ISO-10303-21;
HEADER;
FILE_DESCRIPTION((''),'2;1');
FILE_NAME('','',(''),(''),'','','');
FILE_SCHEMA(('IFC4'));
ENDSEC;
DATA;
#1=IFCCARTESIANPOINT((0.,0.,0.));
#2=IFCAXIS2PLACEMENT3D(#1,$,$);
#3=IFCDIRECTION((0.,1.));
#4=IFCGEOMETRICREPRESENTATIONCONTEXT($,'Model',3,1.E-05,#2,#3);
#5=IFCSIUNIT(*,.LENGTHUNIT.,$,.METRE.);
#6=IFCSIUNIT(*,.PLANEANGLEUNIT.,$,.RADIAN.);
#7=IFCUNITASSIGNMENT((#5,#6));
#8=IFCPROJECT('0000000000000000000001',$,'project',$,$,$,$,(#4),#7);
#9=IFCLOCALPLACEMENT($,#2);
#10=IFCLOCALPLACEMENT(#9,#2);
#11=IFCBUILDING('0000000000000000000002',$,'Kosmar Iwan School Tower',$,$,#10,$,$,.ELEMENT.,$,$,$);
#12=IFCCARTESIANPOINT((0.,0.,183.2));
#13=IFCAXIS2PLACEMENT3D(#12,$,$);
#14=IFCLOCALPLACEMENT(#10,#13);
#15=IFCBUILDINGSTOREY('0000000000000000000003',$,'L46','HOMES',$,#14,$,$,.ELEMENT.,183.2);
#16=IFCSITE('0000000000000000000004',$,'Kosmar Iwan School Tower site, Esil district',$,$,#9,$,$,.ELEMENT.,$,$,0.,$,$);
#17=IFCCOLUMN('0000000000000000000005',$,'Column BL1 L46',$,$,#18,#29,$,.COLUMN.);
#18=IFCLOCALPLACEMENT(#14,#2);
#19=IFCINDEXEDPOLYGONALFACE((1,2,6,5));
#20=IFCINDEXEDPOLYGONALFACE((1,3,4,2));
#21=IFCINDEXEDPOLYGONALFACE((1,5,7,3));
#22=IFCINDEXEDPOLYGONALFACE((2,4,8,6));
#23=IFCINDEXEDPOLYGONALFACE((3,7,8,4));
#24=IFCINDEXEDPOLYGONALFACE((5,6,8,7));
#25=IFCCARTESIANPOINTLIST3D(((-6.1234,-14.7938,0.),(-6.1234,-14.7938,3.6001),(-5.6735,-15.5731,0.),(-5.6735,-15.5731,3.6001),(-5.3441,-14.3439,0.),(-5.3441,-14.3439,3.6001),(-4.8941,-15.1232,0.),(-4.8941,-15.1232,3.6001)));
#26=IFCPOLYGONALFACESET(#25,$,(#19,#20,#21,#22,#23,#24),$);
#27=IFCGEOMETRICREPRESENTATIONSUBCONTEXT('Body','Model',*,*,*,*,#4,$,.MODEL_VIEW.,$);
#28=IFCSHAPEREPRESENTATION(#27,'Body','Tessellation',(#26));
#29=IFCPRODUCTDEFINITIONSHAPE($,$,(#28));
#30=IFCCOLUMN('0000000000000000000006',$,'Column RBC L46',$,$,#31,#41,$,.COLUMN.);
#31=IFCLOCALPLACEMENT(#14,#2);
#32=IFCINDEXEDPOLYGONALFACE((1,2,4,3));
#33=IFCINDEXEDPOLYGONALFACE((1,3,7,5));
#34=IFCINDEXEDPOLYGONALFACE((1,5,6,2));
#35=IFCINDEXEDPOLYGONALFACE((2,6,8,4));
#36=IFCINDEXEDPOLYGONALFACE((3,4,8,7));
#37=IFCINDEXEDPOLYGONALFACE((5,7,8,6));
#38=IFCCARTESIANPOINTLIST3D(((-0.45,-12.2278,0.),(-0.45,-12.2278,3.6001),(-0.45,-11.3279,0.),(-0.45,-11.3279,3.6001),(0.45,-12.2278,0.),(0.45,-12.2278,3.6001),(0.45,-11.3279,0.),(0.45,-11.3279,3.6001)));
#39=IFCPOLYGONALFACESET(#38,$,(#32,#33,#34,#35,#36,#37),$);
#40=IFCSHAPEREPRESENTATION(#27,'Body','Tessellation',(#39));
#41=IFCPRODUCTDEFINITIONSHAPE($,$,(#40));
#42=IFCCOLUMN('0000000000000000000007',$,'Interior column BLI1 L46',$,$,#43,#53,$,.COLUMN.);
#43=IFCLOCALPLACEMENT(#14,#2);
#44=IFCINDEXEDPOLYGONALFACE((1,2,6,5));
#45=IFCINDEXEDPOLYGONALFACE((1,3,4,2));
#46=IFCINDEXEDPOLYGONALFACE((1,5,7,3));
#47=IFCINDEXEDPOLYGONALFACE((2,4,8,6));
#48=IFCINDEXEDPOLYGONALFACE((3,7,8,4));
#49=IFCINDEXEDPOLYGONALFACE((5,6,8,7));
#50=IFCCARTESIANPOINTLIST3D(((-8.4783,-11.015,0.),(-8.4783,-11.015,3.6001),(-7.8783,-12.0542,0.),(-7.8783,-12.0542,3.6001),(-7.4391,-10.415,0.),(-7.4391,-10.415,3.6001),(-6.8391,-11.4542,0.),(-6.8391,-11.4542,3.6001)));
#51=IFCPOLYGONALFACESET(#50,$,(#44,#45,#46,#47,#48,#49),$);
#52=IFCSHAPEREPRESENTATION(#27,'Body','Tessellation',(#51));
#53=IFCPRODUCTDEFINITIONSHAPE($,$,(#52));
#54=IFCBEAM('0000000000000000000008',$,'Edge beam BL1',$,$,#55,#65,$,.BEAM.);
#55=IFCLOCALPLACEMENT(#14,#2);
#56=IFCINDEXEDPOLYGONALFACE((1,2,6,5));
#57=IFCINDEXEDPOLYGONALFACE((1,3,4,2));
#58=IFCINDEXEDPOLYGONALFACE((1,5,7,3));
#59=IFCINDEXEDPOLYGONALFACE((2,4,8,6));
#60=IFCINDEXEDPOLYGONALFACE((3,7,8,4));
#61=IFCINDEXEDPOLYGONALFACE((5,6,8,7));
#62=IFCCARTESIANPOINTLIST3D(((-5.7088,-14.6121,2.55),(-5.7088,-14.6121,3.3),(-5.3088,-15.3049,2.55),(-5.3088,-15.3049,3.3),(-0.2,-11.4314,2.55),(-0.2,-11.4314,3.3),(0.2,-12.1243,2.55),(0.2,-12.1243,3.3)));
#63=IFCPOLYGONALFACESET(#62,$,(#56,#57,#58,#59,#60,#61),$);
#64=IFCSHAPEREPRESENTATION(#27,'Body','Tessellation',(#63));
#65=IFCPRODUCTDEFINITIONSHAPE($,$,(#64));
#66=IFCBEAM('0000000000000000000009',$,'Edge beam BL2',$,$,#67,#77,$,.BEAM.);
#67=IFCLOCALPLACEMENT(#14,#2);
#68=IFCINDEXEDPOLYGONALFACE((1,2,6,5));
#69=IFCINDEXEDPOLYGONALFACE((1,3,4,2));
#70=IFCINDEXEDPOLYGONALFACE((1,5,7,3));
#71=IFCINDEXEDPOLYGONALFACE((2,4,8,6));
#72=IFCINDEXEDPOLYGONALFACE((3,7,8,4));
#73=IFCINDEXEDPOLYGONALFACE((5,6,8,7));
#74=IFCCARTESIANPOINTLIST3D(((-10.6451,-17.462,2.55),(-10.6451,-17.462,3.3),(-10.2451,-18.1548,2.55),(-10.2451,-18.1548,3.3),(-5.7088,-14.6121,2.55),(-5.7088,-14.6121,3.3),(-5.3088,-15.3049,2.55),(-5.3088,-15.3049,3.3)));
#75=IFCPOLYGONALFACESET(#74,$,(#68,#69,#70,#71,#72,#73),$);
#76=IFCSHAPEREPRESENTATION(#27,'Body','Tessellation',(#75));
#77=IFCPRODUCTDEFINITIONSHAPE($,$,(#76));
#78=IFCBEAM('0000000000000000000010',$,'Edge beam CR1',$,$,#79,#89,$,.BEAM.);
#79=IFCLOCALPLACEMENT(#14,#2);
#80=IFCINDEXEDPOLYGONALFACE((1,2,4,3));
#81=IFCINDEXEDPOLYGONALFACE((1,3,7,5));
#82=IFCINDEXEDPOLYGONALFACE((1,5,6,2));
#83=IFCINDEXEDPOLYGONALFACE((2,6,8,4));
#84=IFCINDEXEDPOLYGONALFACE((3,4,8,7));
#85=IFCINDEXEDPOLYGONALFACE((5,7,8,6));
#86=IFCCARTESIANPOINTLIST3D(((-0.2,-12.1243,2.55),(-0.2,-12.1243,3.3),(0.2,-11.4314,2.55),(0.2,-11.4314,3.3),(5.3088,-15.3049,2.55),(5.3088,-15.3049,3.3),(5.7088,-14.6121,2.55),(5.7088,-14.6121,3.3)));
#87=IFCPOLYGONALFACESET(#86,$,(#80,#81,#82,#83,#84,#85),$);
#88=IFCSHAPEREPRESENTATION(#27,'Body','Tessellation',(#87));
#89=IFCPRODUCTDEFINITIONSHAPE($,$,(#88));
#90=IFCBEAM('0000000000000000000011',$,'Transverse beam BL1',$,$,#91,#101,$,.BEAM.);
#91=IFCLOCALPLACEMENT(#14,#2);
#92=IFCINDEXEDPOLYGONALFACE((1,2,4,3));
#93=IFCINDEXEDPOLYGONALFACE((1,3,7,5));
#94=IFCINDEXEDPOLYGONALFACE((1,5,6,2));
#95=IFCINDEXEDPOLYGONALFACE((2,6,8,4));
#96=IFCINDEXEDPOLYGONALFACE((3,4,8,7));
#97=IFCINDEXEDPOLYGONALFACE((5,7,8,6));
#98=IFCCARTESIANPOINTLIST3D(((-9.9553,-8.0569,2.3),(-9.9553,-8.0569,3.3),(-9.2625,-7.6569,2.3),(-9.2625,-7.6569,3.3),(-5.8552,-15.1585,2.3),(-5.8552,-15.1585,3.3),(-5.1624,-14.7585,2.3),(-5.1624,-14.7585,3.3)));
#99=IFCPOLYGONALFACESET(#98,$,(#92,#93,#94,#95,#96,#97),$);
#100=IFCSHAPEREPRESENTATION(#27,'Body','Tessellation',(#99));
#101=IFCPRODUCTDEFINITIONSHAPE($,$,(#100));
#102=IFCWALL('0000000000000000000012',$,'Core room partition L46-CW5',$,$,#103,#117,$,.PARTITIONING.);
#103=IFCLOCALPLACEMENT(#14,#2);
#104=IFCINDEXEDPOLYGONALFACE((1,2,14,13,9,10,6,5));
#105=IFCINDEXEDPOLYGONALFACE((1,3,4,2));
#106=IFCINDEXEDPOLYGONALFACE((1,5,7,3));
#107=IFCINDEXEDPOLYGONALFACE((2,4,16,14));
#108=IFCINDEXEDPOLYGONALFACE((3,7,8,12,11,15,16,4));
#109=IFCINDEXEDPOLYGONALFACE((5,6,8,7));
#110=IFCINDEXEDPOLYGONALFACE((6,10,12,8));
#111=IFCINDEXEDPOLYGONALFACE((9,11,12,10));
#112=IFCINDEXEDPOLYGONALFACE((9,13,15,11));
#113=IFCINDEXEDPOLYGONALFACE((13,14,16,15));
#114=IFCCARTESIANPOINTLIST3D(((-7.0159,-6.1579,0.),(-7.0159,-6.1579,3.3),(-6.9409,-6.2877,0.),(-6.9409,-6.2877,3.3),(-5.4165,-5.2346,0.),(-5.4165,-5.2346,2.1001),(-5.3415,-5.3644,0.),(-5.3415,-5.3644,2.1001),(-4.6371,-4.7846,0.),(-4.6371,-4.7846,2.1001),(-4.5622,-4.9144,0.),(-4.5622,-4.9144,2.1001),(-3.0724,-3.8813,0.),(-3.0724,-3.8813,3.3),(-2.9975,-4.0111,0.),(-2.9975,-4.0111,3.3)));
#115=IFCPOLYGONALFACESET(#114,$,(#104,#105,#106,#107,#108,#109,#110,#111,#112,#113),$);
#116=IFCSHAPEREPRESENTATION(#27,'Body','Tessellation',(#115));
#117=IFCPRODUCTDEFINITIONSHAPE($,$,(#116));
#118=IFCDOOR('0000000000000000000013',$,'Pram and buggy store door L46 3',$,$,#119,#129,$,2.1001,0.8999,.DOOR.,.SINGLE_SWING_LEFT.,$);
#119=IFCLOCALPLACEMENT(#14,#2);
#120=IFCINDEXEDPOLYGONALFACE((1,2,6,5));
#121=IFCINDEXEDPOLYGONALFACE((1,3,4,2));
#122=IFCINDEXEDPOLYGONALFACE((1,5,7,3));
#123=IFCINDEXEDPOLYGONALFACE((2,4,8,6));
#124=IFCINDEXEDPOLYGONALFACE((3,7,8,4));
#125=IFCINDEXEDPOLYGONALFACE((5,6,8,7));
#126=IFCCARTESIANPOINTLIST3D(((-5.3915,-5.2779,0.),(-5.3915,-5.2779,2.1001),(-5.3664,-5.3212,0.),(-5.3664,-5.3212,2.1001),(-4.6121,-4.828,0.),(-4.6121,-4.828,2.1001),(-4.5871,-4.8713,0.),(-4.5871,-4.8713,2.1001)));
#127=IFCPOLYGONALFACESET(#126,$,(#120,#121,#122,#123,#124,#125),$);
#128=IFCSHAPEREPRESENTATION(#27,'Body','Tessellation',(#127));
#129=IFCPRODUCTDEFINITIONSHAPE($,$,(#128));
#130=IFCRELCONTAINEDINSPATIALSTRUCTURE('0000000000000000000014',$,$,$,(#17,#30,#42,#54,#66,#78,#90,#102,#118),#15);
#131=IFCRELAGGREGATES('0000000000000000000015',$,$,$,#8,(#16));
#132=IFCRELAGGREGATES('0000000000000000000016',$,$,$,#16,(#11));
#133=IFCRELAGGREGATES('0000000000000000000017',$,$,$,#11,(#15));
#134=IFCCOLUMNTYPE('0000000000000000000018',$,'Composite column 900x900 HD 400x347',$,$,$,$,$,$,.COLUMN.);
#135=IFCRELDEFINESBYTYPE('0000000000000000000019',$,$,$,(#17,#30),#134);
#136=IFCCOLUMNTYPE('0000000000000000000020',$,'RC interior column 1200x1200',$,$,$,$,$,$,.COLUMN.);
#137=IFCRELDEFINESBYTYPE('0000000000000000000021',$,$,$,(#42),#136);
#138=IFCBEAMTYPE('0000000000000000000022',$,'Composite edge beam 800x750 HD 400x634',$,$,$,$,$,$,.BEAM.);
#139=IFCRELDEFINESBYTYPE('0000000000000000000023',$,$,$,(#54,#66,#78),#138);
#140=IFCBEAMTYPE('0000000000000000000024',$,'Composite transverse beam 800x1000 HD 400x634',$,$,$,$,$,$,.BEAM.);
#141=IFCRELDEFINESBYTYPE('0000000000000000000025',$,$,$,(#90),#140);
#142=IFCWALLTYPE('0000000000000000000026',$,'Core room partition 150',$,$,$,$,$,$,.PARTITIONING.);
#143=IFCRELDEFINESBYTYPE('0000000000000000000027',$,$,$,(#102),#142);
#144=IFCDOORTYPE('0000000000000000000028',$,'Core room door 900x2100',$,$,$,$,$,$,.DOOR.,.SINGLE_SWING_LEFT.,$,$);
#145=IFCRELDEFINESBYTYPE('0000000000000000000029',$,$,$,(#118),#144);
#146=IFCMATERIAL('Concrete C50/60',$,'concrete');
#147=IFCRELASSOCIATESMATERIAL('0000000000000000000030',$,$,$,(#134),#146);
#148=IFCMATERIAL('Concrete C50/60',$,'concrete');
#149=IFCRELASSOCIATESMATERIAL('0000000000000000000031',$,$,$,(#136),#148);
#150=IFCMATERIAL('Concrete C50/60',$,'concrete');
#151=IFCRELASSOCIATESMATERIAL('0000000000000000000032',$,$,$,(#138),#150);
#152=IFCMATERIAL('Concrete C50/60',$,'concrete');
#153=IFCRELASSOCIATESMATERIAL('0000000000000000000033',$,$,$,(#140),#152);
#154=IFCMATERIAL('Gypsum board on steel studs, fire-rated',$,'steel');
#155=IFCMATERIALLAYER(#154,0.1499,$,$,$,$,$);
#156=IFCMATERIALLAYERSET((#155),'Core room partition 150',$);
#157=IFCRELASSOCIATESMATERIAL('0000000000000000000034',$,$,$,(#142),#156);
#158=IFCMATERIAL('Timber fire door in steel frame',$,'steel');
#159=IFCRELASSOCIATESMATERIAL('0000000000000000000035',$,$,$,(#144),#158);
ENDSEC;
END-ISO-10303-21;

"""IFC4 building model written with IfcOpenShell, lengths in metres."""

from ifc_helpers import new_model, si_unit, direction, frame, frame_2d, origin, origin_2d, place, context, subcontext, project, spatial, rectangle, extrude, material, layer, layer_set, material_profile, profile_set, type_object, element, fill, save


model = new_model("IFC4")

# Units and contexts
model_context = context("Model", 3, precision=1e-05, world=origin(), true_north=direction((0.0, 1.0)))
body_context = subcontext(model_context, "Body", "Model", "MODEL_VIEW")
ifc_project = project(units=[si_unit("LENGTHUNIT", "METRE"), si_unit("PLANEANGLEUNIT", "RADIAN")], contexts=[model_context])

# Site, building, storey
site_placement = place(None, origin())
site = spatial("IfcSite", under=ifc_project, at=site_placement, Name="Kosmar Iwan School Tower site, Esil district", CompositionType="ELEMENT", RefElevation=0.0)
building_placement = place(site_placement, origin())
building = spatial("IfcBuilding", under=site, at=building_placement, Name="Kosmar Iwan School Tower", CompositionType="ELEMENT")
storey_placement = place(building_placement, frame((0.0, 0.0, 183.2)))
storey = spatial("IfcBuildingStorey", under=building, at=storey_placement, Name="L46", Description="HOMES", CompositionType="ELEMENT", Elevation=183.2)

# Columns
ifc_material_1 = material(Name="Concrete C50/60", Category="concrete")
ifc_material_profile_1 = material_profile(ifc_material_1, rectangle(XDim=0.8999, YDim=0.8999, at=origin_2d()), Name="RC 900x900 + HD 400x347")
ifc_profile_set_1 = profile_set([ifc_material_profile_1], Name="Concrete C50/60")
column_type_1 = type_object("IfcColumnType", Name="Composite column 900x900 HD 400x347", PredefinedType="COLUMN", material=ifc_profile_set_1)
for number, where, z_axis, x_axis, name in (
    (1, (-5.5088, -14.9585, 0.0), (0.0, 0.0, 1.0), (-0.866025, -0.5, 0.0), "Column BL1 L46"),
    (2, (0.0, -11.7778, 0.0), (0.0, 0.0, 1.0), (1.0, 0.0, 0.0), "Column RBC L46"),
):
    element("IfcColumn", number, at=place(storey_placement, frame(where, z_axis=z_axis, x_axis=x_axis)), inside=storey, type_object=column_type_1, Name=name, PredefinedType="COLUMN", context=body_context, shape_type="SweptSolid", body=[
        extrude(rectangle(XDim=0.8999, YDim=0.8999, at=origin_2d()), origin(), (0.0, 0.0, 1.0), 3.6001),
    ])
ifc_material_2 = material(Name="Concrete C50/60", Category="concrete")
ifc_material_profile_2 = material_profile(ifc_material_2, rectangle(XDim=1.2, YDim=1.2, at=origin_2d()), Name="RC 1200x1200")
ifc_profile_set_2 = profile_set([ifc_material_profile_2], Name="Concrete C50/60")
column_type_2 = type_object("IfcColumnType", Name="RC interior column 1200x1200", PredefinedType="COLUMN", material=ifc_profile_set_2)
column_placement = place(storey_placement, frame((-7.6587, -11.2346, 0.0), z_axis=(0.0, 0.0, 1.0), x_axis=(-0.866025, -0.5, 0.0)))
element("IfcColumn", 3, at=column_placement, inside=storey, type_object=column_type_2, Name="Interior column BLI1 L46", PredefinedType="COLUMN", context=body_context, shape_type="SweptSolid", body=[
    extrude(rectangle(XDim=1.2, YDim=1.2, at=origin_2d()), origin(), (0.0, 0.0, 1.0), 3.6001),
])

# Beams
ifc_material_3 = material(Name="Concrete C50/60", Category="concrete")
ifc_material_profile_3 = material_profile(ifc_material_3, rectangle(XDim=0.8, YDim=0.75, at=origin_2d()), Name="RC 800x750 + HD 400x634")
ifc_profile_set_3 = profile_set([ifc_material_profile_3], Name="Concrete C50/60")
beam_type_1 = type_object("IfcBeamType", Name="Composite edge beam 800x750 HD 400x634", PredefinedType="BEAM", material=ifc_profile_set_3)
beam_1_placement = place(storey_placement, frame((0.0, -11.7778, 2.925), z_axis=(-0.866014, -0.500019, 0.0), x_axis=(0.500019, -0.866014, 0.0)))
element("IfcBeam", 4, at=beam_1_placement, inside=storey, type_object=beam_type_1, Name="Edge beam BL1", PredefinedType="BEAM", context=body_context, shape_type="SweptSolid", body=[
    extrude(rectangle(XDim=0.8, YDim=0.75, at=origin_2d()), origin(), (0.0, 0.0, 1.0), 6.3611),
])
beam_2_placement = place(storey_placement, frame((-5.5088, -14.9585, 2.925), z_axis=(-0.866034, -0.499986, 0.0), x_axis=(0.499986, -0.866034, 0.0)))
element("IfcBeam", 5, at=beam_2_placement, inside=storey, type_object=beam_type_1, Name="Edge beam BL2", PredefinedType="BEAM", context=body_context, shape_type="SweptSolid", body=[
    extrude(rectangle(XDim=0.8, YDim=0.75, at=origin_2d()), origin(), (0.0, 0.0, 1.0), 5.7),
])
beam_3_placement = place(storey_placement, frame((0.0, -11.7778, 2.925), z_axis=(0.866014, -0.500019, 0.0), x_axis=(0.500019, 0.866014, 0.0)))
element("IfcBeam", 6, at=beam_3_placement, inside=storey, type_object=beam_type_1, Name="Edge beam CR1", PredefinedType="BEAM", context=body_context, shape_type="SweptSolid", body=[
    extrude(rectangle(XDim=0.8, YDim=0.75, at=origin_2d()), origin(), (0.0, 0.0, 1.0), 6.3611),
])
ifc_material_4 = material(Name="Concrete C50/60", Category="concrete")
ifc_material_profile_4 = material_profile(ifc_material_4, rectangle(XDim=0.8, YDim=1.0, at=origin_2d()), Name="RC 800x1000 + HD 400x634")
ifc_profile_set_4 = profile_set([ifc_material_profile_4], Name="Concrete C50/60")
beam_type_2 = type_object("IfcBeamType", Name="Composite transverse beam 800x1000 HD 400x634", PredefinedType="BEAM", material=ifc_profile_set_4)
beam_4_placement = place(storey_placement, frame((-5.5088, -14.9585, 2.8), z_axis=(-0.500001, 0.866025, 0.0), x_axis=(-0.866025, -0.500001, 0.0)))
element("IfcBeam", 7, at=beam_4_placement, inside=storey, type_object=beam_type_2, Name="Transverse beam BL1", PredefinedType="BEAM", context=body_context, shape_type="SweptSolid", body=[
    extrude(rectangle(XDim=0.8, YDim=1.0, at=origin_2d()), origin(), (0.0, 0.0, 1.0), 8.2002),
])

# Wall, opening, door
ifc_material_5 = material(Name="Gypsum board on steel studs, fire-rated", Category="steel")
ifc_layer_1 = layer(ifc_material_5, 0.1499)
ifc_layer_set_1 = layer_set([ifc_layer_1], Name="Core room partition 150")
wall_type_1 = type_object("IfcWallType", Name="Core room partition 150", PredefinedType="PARTITIONING", material=ifc_layer_set_1)
wall_1_placement = place(storey_placement, frame((-6.9785, -6.2229, 0.0), z_axis=(0.0, 0.0, 1.0), x_axis=(0.866034, 0.499985, 0.0)))
wall_1 = element("IfcWall", 8, at=wall_1_placement, inside=storey, type_object=wall_type_1, Name="Core room partition L46-CW5", PredefinedType="PARTITIONING", context=body_context, shape_type="SweptSolid", body=[
    extrude(rectangle(XDim=4.5535, YDim=0.1499, at=frame_2d((2.2769, 0.0))), origin(), (0.0, 0.0, 1.0), 3.3),
])
opening_1_placement = place(wall_1_placement, frame((1.8469, 0.0, 0.0)))
opening_1 = element("IfcOpeningElement", 9, at=opening_1_placement, cuts=wall_1, PredefinedType="OPENING", context=body_context, shape_type="SweptSolid", body=[
    extrude(rectangle(XDim=0.8999, YDim=2.1001, at=frame_2d((0.45, 1.05))), frame((0.0, 0.0869, 0.0), z_axis=(0.0, -1.0, 0.0), x_axis=(1.0, 0.0, 0.0)), (0.0, 0.0, 1.0), 0.1738),
])
ifc_material_6 = material(Name="Timber fire door in steel frame", Category="steel")
door_type_1 = type_object("IfcDoorType", Name="Core room door 900x2100", OperationType="SINGLE_SWING_LEFT", PredefinedType="DOOR", material=ifc_material_6)
door_1_placement = place(opening_1_placement, origin())
door_1 = element("IfcDoor", 10, at=door_1_placement, inside=storey, type_object=door_type_1, Name="Pram and buggy store door L46 3", OperationType="SINGLE_SWING_LEFT", OverallHeight=2.1001, OverallWidth=0.8999, PredefinedType="DOOR", context=body_context, shape_type="SweptSolid", body=[
    extrude(rectangle(XDim=0.8999, YDim=2.1001, at=frame_2d((0.45, 1.05))), frame((0.0, 0.0249, 0.0), z_axis=(0.0, -1.0, 0.0), x_axis=(1.0, 0.0, 0.0)), (0.0, 0.0, 1.0), 0.05),
])
fill(opening_1, door_1)

save(model, "model.ifc")
